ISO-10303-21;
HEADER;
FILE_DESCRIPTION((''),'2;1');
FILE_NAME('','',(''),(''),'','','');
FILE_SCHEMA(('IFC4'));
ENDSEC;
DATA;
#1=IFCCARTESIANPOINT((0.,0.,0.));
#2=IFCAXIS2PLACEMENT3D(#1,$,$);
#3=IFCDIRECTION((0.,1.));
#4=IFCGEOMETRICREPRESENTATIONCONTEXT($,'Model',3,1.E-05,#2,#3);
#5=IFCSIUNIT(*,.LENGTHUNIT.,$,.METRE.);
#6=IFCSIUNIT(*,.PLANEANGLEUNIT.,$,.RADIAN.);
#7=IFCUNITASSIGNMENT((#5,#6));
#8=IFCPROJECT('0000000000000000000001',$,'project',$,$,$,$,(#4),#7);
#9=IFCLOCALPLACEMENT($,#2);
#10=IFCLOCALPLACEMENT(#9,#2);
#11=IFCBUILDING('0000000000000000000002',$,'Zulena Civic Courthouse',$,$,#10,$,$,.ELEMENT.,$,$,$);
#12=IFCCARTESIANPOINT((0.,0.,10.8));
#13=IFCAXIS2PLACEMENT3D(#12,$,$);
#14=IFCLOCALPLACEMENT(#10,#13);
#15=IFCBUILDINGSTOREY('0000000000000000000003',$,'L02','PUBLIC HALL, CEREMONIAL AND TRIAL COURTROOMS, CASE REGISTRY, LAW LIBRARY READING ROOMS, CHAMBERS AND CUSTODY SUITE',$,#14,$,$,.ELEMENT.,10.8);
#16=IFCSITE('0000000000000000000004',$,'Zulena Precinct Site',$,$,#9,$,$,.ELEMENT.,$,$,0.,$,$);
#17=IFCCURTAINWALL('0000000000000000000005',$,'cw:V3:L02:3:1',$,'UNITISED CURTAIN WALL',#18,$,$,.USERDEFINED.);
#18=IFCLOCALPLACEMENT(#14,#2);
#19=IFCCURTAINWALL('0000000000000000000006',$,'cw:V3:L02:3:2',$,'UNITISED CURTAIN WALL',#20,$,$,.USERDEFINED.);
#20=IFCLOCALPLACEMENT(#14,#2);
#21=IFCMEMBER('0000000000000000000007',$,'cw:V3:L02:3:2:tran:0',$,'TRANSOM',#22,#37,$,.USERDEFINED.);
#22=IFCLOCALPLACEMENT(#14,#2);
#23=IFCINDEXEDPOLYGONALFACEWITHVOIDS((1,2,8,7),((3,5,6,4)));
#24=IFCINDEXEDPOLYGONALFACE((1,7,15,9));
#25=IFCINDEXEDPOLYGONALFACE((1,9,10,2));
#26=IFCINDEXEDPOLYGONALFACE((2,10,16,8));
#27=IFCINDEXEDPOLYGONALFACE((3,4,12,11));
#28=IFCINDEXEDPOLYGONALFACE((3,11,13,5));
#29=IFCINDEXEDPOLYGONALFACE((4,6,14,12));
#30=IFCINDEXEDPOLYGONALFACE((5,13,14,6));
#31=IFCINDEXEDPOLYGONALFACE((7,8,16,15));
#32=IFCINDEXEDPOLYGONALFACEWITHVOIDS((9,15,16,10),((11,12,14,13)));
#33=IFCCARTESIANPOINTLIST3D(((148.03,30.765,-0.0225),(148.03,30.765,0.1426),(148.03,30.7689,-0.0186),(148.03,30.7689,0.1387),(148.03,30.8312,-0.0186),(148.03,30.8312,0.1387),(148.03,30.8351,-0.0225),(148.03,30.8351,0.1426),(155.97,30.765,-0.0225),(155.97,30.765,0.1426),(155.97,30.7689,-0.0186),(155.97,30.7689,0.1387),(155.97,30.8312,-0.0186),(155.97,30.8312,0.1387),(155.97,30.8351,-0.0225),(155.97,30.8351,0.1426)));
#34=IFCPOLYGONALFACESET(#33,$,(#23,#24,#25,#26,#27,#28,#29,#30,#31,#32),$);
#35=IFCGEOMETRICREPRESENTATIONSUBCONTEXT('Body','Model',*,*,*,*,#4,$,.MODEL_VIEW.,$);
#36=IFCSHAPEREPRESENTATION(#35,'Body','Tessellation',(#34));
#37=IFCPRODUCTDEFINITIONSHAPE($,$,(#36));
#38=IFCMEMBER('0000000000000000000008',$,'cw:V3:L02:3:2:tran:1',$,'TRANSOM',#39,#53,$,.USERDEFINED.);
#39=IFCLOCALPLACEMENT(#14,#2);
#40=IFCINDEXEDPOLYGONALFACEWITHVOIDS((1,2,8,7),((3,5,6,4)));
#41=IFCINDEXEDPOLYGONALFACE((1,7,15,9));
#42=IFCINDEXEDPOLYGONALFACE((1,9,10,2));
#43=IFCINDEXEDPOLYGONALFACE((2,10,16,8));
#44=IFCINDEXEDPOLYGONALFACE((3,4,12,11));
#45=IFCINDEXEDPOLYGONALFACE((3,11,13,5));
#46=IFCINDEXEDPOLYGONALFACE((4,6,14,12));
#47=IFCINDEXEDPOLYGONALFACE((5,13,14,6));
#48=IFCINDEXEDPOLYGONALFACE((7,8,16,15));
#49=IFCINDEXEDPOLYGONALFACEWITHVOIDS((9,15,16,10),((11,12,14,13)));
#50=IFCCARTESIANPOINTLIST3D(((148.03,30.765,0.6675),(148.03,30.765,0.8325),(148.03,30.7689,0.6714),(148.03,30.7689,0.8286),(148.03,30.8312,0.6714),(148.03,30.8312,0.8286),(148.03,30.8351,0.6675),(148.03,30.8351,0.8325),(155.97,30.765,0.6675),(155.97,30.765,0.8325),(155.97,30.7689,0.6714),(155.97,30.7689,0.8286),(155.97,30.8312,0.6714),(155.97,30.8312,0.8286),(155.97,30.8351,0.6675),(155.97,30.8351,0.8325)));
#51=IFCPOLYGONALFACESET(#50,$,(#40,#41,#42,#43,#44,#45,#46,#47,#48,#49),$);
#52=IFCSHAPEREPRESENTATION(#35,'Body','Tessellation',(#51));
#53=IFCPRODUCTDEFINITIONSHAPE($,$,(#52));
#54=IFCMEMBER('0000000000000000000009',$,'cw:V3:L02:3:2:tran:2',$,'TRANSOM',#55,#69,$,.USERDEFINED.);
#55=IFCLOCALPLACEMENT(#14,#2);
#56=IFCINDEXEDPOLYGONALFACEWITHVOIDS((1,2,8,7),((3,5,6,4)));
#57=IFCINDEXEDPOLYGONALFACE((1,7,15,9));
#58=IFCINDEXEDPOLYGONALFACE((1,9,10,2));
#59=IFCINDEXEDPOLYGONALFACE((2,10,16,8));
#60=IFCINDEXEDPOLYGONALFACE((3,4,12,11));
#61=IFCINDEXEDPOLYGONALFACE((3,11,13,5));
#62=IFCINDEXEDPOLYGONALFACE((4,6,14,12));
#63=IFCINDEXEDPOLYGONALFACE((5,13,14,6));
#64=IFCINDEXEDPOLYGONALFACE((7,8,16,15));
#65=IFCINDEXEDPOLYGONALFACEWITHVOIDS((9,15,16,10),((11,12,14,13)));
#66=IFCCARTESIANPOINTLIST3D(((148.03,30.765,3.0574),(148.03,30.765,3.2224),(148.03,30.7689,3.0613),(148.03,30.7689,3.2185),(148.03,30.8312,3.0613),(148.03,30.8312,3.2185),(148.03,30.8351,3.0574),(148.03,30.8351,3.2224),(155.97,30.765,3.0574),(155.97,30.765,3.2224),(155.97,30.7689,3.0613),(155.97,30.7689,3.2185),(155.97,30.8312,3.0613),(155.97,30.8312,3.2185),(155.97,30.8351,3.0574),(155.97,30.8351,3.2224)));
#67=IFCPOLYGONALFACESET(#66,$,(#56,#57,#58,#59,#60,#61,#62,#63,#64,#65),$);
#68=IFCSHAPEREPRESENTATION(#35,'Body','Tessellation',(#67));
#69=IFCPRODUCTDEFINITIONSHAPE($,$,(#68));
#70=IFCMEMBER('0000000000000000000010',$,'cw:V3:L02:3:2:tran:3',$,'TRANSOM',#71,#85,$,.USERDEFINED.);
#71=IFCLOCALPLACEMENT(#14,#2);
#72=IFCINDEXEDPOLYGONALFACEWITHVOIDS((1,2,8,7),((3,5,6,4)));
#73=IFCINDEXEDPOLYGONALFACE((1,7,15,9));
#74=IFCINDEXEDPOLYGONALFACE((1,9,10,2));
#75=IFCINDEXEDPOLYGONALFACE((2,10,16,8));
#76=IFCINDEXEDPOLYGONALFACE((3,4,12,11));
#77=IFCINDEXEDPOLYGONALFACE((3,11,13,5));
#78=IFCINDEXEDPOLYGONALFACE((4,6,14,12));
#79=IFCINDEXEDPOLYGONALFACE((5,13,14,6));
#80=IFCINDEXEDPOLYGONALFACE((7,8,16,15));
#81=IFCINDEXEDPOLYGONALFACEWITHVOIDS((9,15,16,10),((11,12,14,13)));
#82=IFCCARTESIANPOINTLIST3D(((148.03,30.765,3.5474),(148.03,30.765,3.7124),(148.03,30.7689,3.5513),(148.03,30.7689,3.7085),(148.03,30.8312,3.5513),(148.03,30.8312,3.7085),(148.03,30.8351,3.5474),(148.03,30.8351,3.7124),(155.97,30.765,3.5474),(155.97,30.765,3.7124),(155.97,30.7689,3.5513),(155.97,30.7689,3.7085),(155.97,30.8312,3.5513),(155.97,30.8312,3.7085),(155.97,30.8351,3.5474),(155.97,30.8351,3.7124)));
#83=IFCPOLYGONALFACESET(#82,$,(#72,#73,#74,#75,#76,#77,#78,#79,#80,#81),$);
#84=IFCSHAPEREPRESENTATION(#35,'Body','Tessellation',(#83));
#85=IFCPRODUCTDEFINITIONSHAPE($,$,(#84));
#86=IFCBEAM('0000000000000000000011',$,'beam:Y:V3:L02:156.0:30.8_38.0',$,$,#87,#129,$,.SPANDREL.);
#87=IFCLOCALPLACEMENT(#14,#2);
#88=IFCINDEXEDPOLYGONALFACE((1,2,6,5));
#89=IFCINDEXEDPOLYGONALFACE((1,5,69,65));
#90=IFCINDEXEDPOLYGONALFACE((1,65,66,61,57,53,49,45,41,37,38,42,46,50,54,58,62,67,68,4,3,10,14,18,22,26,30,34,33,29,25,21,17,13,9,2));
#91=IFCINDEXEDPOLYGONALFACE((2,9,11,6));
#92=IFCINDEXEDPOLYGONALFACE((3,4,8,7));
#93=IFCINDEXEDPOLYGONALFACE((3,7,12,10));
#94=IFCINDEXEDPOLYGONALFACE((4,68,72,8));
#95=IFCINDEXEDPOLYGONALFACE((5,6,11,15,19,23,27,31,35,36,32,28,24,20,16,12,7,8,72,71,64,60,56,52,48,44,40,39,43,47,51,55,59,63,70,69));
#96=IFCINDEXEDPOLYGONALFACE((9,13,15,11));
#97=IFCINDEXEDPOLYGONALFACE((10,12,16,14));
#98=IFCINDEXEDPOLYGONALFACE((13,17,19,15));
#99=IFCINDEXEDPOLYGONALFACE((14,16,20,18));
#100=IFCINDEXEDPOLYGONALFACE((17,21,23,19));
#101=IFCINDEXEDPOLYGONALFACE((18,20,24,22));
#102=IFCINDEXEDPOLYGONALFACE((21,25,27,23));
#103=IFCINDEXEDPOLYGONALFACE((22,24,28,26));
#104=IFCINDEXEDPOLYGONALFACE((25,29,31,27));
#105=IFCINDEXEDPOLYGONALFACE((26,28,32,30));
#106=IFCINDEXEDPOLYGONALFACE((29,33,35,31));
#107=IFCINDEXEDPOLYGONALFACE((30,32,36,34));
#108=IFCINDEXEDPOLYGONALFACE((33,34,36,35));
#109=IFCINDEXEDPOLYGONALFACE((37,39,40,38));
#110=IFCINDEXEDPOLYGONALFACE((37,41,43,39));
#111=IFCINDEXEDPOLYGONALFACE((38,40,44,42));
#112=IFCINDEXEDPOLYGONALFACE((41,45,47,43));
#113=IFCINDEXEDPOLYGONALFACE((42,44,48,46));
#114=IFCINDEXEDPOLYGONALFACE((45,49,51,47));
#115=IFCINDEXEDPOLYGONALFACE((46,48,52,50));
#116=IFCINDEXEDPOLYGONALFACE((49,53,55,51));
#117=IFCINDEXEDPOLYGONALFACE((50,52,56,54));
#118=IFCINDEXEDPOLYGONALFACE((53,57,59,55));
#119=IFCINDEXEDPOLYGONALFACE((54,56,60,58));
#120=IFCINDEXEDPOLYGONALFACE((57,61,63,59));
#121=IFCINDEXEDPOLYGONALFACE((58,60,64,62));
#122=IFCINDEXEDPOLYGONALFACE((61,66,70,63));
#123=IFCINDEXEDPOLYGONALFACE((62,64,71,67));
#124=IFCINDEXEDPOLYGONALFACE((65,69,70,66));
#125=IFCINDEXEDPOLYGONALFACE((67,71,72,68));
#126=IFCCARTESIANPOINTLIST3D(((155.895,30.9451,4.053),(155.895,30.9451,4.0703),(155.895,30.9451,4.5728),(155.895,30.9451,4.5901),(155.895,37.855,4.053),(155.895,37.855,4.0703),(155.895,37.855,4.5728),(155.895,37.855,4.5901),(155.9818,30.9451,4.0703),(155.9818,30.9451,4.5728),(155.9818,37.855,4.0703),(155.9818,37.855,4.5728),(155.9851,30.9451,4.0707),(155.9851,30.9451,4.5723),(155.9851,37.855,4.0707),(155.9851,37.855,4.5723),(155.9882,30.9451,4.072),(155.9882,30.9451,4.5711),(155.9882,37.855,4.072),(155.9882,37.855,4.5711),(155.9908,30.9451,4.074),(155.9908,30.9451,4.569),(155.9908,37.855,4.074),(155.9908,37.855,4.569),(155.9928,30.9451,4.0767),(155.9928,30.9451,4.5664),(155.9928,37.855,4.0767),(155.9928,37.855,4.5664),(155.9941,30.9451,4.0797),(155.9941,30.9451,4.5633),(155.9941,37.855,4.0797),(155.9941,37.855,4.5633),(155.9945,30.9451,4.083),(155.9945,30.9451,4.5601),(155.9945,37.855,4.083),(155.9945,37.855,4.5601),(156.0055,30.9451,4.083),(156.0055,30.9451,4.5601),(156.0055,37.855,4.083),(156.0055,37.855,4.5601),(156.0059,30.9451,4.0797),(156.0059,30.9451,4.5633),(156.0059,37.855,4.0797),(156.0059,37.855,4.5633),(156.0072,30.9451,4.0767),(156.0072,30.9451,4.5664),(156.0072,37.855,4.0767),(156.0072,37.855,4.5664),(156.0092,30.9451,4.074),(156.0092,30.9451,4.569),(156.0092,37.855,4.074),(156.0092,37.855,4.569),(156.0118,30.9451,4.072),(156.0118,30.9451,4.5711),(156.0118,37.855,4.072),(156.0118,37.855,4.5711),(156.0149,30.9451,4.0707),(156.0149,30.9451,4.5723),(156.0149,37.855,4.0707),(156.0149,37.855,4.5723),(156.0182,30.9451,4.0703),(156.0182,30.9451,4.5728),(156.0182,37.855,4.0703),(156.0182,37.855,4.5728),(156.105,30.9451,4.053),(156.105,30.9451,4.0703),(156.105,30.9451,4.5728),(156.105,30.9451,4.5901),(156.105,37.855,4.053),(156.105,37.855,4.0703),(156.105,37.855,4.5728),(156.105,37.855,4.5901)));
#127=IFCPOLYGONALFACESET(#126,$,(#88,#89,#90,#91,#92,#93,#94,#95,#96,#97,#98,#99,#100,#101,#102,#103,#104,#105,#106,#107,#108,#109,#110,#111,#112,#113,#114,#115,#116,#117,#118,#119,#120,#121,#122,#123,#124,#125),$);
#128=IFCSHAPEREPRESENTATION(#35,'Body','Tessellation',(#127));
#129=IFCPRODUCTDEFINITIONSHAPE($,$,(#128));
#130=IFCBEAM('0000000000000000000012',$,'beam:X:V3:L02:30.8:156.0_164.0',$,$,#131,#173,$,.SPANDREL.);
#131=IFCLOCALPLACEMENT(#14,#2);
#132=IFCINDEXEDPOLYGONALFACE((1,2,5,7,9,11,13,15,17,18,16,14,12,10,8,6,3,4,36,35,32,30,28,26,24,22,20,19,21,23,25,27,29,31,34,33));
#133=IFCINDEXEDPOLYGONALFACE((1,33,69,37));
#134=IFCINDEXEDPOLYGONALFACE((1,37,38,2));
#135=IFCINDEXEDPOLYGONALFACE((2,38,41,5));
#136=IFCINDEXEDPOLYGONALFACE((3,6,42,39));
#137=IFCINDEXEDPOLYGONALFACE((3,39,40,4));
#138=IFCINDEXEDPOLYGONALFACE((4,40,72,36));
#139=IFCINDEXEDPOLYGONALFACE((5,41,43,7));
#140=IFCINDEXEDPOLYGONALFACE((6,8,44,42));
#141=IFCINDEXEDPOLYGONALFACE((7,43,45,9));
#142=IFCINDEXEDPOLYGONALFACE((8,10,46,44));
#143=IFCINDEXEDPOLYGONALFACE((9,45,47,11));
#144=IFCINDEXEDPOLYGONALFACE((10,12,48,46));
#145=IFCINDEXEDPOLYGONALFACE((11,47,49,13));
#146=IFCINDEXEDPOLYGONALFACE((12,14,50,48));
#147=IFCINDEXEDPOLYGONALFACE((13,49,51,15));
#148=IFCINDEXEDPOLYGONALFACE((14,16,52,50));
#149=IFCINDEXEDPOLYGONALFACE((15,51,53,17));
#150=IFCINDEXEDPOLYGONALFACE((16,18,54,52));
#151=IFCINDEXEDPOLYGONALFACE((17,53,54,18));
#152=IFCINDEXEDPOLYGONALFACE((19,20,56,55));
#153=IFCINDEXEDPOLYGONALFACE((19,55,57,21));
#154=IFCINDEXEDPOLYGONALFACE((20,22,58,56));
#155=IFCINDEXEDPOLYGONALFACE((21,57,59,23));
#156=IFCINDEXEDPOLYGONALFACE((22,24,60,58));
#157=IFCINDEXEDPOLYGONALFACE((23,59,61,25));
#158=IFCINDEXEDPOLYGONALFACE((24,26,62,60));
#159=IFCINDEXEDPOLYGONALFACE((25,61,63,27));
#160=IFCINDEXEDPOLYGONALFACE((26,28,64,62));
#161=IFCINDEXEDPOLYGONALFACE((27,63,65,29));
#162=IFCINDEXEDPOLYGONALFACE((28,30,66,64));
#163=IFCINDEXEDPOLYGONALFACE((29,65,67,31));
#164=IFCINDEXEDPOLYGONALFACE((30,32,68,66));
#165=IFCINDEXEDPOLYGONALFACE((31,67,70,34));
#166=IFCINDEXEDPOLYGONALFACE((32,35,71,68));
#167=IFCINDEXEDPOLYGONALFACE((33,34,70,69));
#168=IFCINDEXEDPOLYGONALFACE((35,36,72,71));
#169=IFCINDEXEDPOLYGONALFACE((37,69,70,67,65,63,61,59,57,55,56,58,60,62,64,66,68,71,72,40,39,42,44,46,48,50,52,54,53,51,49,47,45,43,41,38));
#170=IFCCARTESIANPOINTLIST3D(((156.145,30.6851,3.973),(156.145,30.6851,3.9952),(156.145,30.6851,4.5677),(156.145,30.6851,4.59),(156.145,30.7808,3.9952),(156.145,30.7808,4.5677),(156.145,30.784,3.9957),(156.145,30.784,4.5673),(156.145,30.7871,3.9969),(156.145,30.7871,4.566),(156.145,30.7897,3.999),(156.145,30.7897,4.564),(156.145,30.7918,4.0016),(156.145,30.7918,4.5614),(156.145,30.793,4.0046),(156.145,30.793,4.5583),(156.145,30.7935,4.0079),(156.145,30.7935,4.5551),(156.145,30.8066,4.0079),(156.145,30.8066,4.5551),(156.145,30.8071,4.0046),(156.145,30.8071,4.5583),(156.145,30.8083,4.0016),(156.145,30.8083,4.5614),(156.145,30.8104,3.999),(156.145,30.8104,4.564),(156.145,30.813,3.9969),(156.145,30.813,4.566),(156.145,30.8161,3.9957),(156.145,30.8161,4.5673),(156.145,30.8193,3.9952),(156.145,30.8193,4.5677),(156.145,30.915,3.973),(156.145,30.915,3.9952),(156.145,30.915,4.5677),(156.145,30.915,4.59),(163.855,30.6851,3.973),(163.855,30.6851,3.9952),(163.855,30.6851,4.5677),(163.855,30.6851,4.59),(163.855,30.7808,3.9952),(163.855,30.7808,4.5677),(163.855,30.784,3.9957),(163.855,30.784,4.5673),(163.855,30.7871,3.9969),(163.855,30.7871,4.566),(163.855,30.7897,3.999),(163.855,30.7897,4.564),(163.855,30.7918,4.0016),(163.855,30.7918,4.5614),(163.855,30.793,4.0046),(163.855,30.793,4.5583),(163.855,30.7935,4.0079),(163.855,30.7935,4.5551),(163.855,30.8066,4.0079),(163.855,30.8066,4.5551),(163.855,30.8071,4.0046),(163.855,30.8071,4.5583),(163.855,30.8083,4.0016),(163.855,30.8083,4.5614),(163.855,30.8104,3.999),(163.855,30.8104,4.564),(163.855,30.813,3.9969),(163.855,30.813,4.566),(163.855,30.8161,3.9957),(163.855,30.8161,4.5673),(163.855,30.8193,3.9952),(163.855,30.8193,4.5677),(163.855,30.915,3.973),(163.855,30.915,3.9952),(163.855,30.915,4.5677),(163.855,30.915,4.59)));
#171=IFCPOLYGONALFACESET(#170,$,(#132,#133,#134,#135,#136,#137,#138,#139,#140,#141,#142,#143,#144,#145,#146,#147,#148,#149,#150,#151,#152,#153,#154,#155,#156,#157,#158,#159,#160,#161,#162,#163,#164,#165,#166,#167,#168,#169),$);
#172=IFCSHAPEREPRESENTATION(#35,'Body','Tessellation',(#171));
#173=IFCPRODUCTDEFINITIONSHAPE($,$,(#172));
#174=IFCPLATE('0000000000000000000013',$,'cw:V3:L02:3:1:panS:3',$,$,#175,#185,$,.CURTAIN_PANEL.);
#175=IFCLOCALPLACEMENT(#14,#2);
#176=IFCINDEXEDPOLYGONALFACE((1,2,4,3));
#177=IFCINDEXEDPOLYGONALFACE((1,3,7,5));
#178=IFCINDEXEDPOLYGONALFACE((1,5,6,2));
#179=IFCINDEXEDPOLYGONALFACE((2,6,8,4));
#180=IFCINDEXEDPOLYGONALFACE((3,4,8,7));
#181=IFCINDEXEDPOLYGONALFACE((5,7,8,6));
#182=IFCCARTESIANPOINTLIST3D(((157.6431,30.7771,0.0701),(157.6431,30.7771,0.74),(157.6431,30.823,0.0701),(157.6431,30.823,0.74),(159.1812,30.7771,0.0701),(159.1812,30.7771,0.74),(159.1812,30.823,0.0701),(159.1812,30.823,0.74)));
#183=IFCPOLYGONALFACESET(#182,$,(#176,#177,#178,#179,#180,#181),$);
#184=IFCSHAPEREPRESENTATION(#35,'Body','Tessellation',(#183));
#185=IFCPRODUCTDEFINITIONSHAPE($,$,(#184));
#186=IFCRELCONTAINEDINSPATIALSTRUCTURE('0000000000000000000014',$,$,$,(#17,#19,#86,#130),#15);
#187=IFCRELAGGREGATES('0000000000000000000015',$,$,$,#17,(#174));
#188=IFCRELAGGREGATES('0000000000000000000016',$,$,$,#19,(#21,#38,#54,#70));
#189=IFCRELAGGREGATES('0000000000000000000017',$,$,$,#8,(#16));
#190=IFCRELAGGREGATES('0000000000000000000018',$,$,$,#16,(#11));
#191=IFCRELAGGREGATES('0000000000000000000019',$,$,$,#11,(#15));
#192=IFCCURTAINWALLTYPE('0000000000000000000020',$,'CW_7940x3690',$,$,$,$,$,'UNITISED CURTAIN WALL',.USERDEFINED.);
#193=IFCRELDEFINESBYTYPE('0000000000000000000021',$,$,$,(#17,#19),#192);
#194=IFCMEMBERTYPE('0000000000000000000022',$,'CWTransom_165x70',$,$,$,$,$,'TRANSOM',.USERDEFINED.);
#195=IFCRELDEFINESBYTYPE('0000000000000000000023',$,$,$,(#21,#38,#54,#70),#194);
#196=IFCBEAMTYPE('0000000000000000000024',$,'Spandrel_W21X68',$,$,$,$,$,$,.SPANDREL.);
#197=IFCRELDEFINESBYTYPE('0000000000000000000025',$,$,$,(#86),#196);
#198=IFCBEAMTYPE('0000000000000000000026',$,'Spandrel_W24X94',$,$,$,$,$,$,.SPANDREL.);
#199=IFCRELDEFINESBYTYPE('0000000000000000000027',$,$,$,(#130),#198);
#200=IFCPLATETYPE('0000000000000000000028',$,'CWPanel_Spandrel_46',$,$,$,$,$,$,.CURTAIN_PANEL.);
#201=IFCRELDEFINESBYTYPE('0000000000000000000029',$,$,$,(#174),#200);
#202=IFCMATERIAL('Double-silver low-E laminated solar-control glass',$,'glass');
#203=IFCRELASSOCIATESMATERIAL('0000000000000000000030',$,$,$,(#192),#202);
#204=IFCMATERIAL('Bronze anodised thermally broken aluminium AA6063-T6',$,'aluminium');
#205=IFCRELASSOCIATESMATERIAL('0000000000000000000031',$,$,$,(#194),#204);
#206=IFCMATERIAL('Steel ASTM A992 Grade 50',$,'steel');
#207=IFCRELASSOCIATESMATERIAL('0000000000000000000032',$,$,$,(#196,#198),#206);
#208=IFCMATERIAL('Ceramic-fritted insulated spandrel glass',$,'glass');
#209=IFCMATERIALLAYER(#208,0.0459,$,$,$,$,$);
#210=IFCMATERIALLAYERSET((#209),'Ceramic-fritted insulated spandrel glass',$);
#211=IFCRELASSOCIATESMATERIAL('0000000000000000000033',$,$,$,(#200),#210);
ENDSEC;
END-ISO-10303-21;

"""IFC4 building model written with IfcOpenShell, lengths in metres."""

from ifc_helpers import new_model, si_unit, direction, frame, origin, origin_2d, place, context, subcontext, project, spatial, rectangle, hollow_rectangle, i_section, extrude, material, layer, layer_set, material_profile, profile_set, type_object, element, aggregate, save


model = new_model("IFC4")

# Units and contexts
model_context = context("Model", 3, precision=1e-05, world=origin(), true_north=direction((0.0, 1.0)))
body_context = subcontext(model_context, "Body", "Model", "MODEL_VIEW")
ifc_project = project(units=[si_unit("LENGTHUNIT", "METRE"), si_unit("PLANEANGLEUNIT", "RADIAN")], contexts=[model_context])

# Site, building, storey
site_placement = place(None, origin())
site = spatial("IfcSite", under=ifc_project, at=site_placement, Name="Zulena Precinct Site", CompositionType="ELEMENT", RefElevation=0.0)
building_placement = place(site_placement, origin())
building = spatial("IfcBuilding", under=site, at=building_placement, Name="Zulena Civic Courthouse", CompositionType="ELEMENT")
storey_placement = place(building_placement, frame((0.0, 0.0, 10.8)))
storey = spatial("IfcBuildingStorey", under=building, at=storey_placement, Name="L02", Description="PUBLIC HALL, CEREMONIAL AND TRIAL COURTROOMS, CASE REGISTRY, LAW LIBRARY READING ROOMS, CHAMBERS AND CUSTODY SUITE", CompositionType="ELEMENT", Elevation=10.8)

# Shared definitions
ifc_material_1 = material(Name="Steel ASTM A992 Grade 50", Category="steel")

# Curtain walls, members
ifc_material_2 = material(Name="Double-silver low-E laminated solar-control glass", Category="glass")
curtain_wall_type = type_object("IfcCurtainWallType", Name="CW_7940x3690", ElementType="UNITISED CURTAIN WALL", PredefinedType="USERDEFINED", material=ifc_material_2)
curtain_wall_1_placement = place(storey_placement, origin())
curtain_wall_1 = element("IfcCurtainWall", 1, at=curtain_wall_1_placement, inside=storey, type_object=curtain_wall_type, Name="cw:V3:L02:3:1", ObjectType="UNITISED CURTAIN WALL", PredefinedType="USERDEFINED")
ifc_material_3 = material(Name="Bronze anodised thermally broken aluminium AA6063-T6", Category="aluminium")
curtain_wall_2_placement = place(storey_placement, origin())
curtain_wall_2 = element("IfcCurtainWall", 2, at=curtain_wall_2_placement, inside=storey, type_object=curtain_wall_type, Name="cw:V3:L02:3:2", ObjectType="UNITISED CURTAIN WALL", PredefinedType="USERDEFINED")
ifc_material_profile_1 = material_profile(ifc_material_3, hollow_rectangle(XDim=0.0701, YDim=0.165, WallThickness=0.0039, at=origin_2d()), Name="CWT165X70X4")
ifc_profile_set_1 = profile_set([ifc_material_profile_1], Name="Bronze anodised thermally broken aluminium AA6063-T6")
member_type_1 = type_object("IfcMemberType", Name="CWTransom_165x70", ElementType="TRANSOM", PredefinedType="USERDEFINED", material=ifc_profile_set_1)
member_1_placement = place(storey_placement, frame((155.97, 30.8, 0.0601), z_axis=(-1.0, 0.0, 0.0), x_axis=(0.0, -1.0, 0.0)))
member_1 = element("IfcMember", 3, at=member_1_placement, type_object=member_type_1, Name="cw:V3:L02:3:2:tran:0", ObjectType="TRANSOM", PredefinedType="USERDEFINED", context=body_context, shape_type="SweptSolid", body=[
    extrude(hollow_rectangle(XDim=0.0701, YDim=0.165, WallThickness=0.0039, at=origin_2d()), origin(), (0.0, 0.0, 1.0), 7.9399),
])
member_2_placement = place(storey_placement, frame((155.97, 30.8, 0.75), z_axis=(-1.0, 0.0, 0.0), x_axis=(0.0, -1.0, 0.0)))
member_2 = element("IfcMember", 4, at=member_2_placement, type_object=member_type_1, Name="cw:V3:L02:3:2:tran:1", ObjectType="TRANSOM", PredefinedType="USERDEFINED", context=body_context, shape_type="SweptSolid", body=[
    extrude(hollow_rectangle(XDim=0.0701, YDim=0.165, WallThickness=0.0039, at=origin_2d()), origin(), (0.0, 0.0, 1.0), 7.9399),
])
member_3_placement = place(storey_placement, frame((155.97, 30.8, 3.1399), z_axis=(-1.0, 0.0, 0.0), x_axis=(0.0, -1.0, 0.0)))
member_3 = element("IfcMember", 5, at=member_3_placement, type_object=member_type_1, Name="cw:V3:L02:3:2:tran:2", ObjectType="TRANSOM", PredefinedType="USERDEFINED", context=body_context, shape_type="SweptSolid", body=[
    extrude(hollow_rectangle(XDim=0.0701, YDim=0.165, WallThickness=0.0039, at=origin_2d()), origin(), (0.0, 0.0, 1.0), 7.9399),
])
member_4_placement = place(storey_placement, frame((155.97, 30.8, 3.6299), z_axis=(-1.0, 0.0, 0.0), x_axis=(0.0, -1.0, 0.0)))
member_4 = element("IfcMember", 6, at=member_4_placement, type_object=member_type_1, Name="cw:V3:L02:3:2:tran:3", ObjectType="TRANSOM", PredefinedType="USERDEFINED", context=body_context, shape_type="SweptSolid", body=[
    extrude(hollow_rectangle(XDim=0.0701, YDim=0.165, WallThickness=0.0039, at=origin_2d()), origin(), (0.0, 0.0, 1.0), 7.9399),
])

# Beams
ifc_material_profile_2 = material_profile(ifc_material_1, i_section(OverallWidth=0.21, OverallDepth=0.5371, WebThickness=0.011, FlangeThickness=0.0173, FilletRadius=0.0127, at=origin_2d()), Name="W21X68")
ifc_profile_set_2 = profile_set([ifc_material_profile_2], Name="Steel ASTM A992 Grade 50")
beam_type_1 = type_object("IfcBeamType", Name="Spandrel_W21X68", PredefinedType="SPANDREL", material=ifc_profile_set_2)
beam_1_placement = place(storey_placement, frame((156.0, 30.9451, 4.3215), z_axis=(0.0, 1.0, 0.0), x_axis=(-1.0, 0.0, 0.0)))
element("IfcBeam", 7, at=beam_1_placement, inside=storey, type_object=beam_type_1, Name="beam:Y:V3:L02:156.0:30.8_38.0", PredefinedType="SPANDREL", context=body_context, shape_type="SweptSolid", body=[
    extrude(i_section(OverallWidth=0.21, OverallDepth=0.5371, WebThickness=0.011, FlangeThickness=0.0173, FilletRadius=0.0127, at=origin_2d()), origin(), (0.0, 0.0, 1.0), 6.9099),
])
ifc_material_profile_3 = material_profile(ifc_material_1, i_section(OverallWidth=0.23, OverallDepth=0.6169, WebThickness=0.0132, FlangeThickness=0.0222, FilletRadius=0.0127, at=origin_2d()), Name="W24X94")
ifc_profile_set_3 = profile_set([ifc_material_profile_3], Name="Steel ASTM A992 Grade 50")
beam_type_2 = type_object("IfcBeamType", Name="Spandrel_W24X94", PredefinedType="SPANDREL", material=ifc_profile_set_3)
beam_2_placement = place(storey_placement, frame((156.145, 30.8, 4.2815), z_axis=(1.0, 0.0, 0.0), x_axis=(0.0, 1.0, 0.0)))
element("IfcBeam", 8, at=beam_2_placement, inside=storey, type_object=beam_type_2, Name="beam:X:V3:L02:30.8:156.0_164.0", PredefinedType="SPANDREL", context=body_context, shape_type="SweptSolid", body=[
    extrude(i_section(OverallWidth=0.23, OverallDepth=0.6169, WebThickness=0.0132, FlangeThickness=0.0222, FilletRadius=0.0127, at=origin_2d()), origin(), (0.0, 0.0, 1.0), 7.71),
])

# Plate
ifc_material_4 = material(Name="Ceramic-fritted insulated spandrel glass", Category="glass")
ifc_layer_1 = layer(ifc_material_4, 0.0459)
ifc_layer_set_1 = layer_set([ifc_layer_1], Name="Ceramic-fritted insulated spandrel glass")
plate_type_1 = type_object("IfcPlateType", Name="CWPanel_Spandrel_46", PredefinedType="CURTAIN_PANEL", material=ifc_layer_set_1)
plate_1_placement = place(storey_placement, frame((158.4121, 30.8, 0.0701), z_axis=(0.0, 0.0, 1.0), x_axis=(-1.0, 0.0, 0.0)))
plate_1 = element("IfcPlate", 9, at=plate_1_placement, type_object=plate_type_1, Name="cw:V3:L02:3:1:panS:3", PredefinedType="CURTAIN_PANEL", context=body_context, shape_type="SweptSolid", body=[
    extrude(rectangle(XDim=1.5381, YDim=0.0459, at=origin_2d()), origin(), (0.0, 0.0, 1.0), 0.6699),
])
aggregate(curtain_wall_1, [plate_1])
aggregate(curtain_wall_2, [member_1, member_2, member_3, member_4])

save(model, "model.ifc")
